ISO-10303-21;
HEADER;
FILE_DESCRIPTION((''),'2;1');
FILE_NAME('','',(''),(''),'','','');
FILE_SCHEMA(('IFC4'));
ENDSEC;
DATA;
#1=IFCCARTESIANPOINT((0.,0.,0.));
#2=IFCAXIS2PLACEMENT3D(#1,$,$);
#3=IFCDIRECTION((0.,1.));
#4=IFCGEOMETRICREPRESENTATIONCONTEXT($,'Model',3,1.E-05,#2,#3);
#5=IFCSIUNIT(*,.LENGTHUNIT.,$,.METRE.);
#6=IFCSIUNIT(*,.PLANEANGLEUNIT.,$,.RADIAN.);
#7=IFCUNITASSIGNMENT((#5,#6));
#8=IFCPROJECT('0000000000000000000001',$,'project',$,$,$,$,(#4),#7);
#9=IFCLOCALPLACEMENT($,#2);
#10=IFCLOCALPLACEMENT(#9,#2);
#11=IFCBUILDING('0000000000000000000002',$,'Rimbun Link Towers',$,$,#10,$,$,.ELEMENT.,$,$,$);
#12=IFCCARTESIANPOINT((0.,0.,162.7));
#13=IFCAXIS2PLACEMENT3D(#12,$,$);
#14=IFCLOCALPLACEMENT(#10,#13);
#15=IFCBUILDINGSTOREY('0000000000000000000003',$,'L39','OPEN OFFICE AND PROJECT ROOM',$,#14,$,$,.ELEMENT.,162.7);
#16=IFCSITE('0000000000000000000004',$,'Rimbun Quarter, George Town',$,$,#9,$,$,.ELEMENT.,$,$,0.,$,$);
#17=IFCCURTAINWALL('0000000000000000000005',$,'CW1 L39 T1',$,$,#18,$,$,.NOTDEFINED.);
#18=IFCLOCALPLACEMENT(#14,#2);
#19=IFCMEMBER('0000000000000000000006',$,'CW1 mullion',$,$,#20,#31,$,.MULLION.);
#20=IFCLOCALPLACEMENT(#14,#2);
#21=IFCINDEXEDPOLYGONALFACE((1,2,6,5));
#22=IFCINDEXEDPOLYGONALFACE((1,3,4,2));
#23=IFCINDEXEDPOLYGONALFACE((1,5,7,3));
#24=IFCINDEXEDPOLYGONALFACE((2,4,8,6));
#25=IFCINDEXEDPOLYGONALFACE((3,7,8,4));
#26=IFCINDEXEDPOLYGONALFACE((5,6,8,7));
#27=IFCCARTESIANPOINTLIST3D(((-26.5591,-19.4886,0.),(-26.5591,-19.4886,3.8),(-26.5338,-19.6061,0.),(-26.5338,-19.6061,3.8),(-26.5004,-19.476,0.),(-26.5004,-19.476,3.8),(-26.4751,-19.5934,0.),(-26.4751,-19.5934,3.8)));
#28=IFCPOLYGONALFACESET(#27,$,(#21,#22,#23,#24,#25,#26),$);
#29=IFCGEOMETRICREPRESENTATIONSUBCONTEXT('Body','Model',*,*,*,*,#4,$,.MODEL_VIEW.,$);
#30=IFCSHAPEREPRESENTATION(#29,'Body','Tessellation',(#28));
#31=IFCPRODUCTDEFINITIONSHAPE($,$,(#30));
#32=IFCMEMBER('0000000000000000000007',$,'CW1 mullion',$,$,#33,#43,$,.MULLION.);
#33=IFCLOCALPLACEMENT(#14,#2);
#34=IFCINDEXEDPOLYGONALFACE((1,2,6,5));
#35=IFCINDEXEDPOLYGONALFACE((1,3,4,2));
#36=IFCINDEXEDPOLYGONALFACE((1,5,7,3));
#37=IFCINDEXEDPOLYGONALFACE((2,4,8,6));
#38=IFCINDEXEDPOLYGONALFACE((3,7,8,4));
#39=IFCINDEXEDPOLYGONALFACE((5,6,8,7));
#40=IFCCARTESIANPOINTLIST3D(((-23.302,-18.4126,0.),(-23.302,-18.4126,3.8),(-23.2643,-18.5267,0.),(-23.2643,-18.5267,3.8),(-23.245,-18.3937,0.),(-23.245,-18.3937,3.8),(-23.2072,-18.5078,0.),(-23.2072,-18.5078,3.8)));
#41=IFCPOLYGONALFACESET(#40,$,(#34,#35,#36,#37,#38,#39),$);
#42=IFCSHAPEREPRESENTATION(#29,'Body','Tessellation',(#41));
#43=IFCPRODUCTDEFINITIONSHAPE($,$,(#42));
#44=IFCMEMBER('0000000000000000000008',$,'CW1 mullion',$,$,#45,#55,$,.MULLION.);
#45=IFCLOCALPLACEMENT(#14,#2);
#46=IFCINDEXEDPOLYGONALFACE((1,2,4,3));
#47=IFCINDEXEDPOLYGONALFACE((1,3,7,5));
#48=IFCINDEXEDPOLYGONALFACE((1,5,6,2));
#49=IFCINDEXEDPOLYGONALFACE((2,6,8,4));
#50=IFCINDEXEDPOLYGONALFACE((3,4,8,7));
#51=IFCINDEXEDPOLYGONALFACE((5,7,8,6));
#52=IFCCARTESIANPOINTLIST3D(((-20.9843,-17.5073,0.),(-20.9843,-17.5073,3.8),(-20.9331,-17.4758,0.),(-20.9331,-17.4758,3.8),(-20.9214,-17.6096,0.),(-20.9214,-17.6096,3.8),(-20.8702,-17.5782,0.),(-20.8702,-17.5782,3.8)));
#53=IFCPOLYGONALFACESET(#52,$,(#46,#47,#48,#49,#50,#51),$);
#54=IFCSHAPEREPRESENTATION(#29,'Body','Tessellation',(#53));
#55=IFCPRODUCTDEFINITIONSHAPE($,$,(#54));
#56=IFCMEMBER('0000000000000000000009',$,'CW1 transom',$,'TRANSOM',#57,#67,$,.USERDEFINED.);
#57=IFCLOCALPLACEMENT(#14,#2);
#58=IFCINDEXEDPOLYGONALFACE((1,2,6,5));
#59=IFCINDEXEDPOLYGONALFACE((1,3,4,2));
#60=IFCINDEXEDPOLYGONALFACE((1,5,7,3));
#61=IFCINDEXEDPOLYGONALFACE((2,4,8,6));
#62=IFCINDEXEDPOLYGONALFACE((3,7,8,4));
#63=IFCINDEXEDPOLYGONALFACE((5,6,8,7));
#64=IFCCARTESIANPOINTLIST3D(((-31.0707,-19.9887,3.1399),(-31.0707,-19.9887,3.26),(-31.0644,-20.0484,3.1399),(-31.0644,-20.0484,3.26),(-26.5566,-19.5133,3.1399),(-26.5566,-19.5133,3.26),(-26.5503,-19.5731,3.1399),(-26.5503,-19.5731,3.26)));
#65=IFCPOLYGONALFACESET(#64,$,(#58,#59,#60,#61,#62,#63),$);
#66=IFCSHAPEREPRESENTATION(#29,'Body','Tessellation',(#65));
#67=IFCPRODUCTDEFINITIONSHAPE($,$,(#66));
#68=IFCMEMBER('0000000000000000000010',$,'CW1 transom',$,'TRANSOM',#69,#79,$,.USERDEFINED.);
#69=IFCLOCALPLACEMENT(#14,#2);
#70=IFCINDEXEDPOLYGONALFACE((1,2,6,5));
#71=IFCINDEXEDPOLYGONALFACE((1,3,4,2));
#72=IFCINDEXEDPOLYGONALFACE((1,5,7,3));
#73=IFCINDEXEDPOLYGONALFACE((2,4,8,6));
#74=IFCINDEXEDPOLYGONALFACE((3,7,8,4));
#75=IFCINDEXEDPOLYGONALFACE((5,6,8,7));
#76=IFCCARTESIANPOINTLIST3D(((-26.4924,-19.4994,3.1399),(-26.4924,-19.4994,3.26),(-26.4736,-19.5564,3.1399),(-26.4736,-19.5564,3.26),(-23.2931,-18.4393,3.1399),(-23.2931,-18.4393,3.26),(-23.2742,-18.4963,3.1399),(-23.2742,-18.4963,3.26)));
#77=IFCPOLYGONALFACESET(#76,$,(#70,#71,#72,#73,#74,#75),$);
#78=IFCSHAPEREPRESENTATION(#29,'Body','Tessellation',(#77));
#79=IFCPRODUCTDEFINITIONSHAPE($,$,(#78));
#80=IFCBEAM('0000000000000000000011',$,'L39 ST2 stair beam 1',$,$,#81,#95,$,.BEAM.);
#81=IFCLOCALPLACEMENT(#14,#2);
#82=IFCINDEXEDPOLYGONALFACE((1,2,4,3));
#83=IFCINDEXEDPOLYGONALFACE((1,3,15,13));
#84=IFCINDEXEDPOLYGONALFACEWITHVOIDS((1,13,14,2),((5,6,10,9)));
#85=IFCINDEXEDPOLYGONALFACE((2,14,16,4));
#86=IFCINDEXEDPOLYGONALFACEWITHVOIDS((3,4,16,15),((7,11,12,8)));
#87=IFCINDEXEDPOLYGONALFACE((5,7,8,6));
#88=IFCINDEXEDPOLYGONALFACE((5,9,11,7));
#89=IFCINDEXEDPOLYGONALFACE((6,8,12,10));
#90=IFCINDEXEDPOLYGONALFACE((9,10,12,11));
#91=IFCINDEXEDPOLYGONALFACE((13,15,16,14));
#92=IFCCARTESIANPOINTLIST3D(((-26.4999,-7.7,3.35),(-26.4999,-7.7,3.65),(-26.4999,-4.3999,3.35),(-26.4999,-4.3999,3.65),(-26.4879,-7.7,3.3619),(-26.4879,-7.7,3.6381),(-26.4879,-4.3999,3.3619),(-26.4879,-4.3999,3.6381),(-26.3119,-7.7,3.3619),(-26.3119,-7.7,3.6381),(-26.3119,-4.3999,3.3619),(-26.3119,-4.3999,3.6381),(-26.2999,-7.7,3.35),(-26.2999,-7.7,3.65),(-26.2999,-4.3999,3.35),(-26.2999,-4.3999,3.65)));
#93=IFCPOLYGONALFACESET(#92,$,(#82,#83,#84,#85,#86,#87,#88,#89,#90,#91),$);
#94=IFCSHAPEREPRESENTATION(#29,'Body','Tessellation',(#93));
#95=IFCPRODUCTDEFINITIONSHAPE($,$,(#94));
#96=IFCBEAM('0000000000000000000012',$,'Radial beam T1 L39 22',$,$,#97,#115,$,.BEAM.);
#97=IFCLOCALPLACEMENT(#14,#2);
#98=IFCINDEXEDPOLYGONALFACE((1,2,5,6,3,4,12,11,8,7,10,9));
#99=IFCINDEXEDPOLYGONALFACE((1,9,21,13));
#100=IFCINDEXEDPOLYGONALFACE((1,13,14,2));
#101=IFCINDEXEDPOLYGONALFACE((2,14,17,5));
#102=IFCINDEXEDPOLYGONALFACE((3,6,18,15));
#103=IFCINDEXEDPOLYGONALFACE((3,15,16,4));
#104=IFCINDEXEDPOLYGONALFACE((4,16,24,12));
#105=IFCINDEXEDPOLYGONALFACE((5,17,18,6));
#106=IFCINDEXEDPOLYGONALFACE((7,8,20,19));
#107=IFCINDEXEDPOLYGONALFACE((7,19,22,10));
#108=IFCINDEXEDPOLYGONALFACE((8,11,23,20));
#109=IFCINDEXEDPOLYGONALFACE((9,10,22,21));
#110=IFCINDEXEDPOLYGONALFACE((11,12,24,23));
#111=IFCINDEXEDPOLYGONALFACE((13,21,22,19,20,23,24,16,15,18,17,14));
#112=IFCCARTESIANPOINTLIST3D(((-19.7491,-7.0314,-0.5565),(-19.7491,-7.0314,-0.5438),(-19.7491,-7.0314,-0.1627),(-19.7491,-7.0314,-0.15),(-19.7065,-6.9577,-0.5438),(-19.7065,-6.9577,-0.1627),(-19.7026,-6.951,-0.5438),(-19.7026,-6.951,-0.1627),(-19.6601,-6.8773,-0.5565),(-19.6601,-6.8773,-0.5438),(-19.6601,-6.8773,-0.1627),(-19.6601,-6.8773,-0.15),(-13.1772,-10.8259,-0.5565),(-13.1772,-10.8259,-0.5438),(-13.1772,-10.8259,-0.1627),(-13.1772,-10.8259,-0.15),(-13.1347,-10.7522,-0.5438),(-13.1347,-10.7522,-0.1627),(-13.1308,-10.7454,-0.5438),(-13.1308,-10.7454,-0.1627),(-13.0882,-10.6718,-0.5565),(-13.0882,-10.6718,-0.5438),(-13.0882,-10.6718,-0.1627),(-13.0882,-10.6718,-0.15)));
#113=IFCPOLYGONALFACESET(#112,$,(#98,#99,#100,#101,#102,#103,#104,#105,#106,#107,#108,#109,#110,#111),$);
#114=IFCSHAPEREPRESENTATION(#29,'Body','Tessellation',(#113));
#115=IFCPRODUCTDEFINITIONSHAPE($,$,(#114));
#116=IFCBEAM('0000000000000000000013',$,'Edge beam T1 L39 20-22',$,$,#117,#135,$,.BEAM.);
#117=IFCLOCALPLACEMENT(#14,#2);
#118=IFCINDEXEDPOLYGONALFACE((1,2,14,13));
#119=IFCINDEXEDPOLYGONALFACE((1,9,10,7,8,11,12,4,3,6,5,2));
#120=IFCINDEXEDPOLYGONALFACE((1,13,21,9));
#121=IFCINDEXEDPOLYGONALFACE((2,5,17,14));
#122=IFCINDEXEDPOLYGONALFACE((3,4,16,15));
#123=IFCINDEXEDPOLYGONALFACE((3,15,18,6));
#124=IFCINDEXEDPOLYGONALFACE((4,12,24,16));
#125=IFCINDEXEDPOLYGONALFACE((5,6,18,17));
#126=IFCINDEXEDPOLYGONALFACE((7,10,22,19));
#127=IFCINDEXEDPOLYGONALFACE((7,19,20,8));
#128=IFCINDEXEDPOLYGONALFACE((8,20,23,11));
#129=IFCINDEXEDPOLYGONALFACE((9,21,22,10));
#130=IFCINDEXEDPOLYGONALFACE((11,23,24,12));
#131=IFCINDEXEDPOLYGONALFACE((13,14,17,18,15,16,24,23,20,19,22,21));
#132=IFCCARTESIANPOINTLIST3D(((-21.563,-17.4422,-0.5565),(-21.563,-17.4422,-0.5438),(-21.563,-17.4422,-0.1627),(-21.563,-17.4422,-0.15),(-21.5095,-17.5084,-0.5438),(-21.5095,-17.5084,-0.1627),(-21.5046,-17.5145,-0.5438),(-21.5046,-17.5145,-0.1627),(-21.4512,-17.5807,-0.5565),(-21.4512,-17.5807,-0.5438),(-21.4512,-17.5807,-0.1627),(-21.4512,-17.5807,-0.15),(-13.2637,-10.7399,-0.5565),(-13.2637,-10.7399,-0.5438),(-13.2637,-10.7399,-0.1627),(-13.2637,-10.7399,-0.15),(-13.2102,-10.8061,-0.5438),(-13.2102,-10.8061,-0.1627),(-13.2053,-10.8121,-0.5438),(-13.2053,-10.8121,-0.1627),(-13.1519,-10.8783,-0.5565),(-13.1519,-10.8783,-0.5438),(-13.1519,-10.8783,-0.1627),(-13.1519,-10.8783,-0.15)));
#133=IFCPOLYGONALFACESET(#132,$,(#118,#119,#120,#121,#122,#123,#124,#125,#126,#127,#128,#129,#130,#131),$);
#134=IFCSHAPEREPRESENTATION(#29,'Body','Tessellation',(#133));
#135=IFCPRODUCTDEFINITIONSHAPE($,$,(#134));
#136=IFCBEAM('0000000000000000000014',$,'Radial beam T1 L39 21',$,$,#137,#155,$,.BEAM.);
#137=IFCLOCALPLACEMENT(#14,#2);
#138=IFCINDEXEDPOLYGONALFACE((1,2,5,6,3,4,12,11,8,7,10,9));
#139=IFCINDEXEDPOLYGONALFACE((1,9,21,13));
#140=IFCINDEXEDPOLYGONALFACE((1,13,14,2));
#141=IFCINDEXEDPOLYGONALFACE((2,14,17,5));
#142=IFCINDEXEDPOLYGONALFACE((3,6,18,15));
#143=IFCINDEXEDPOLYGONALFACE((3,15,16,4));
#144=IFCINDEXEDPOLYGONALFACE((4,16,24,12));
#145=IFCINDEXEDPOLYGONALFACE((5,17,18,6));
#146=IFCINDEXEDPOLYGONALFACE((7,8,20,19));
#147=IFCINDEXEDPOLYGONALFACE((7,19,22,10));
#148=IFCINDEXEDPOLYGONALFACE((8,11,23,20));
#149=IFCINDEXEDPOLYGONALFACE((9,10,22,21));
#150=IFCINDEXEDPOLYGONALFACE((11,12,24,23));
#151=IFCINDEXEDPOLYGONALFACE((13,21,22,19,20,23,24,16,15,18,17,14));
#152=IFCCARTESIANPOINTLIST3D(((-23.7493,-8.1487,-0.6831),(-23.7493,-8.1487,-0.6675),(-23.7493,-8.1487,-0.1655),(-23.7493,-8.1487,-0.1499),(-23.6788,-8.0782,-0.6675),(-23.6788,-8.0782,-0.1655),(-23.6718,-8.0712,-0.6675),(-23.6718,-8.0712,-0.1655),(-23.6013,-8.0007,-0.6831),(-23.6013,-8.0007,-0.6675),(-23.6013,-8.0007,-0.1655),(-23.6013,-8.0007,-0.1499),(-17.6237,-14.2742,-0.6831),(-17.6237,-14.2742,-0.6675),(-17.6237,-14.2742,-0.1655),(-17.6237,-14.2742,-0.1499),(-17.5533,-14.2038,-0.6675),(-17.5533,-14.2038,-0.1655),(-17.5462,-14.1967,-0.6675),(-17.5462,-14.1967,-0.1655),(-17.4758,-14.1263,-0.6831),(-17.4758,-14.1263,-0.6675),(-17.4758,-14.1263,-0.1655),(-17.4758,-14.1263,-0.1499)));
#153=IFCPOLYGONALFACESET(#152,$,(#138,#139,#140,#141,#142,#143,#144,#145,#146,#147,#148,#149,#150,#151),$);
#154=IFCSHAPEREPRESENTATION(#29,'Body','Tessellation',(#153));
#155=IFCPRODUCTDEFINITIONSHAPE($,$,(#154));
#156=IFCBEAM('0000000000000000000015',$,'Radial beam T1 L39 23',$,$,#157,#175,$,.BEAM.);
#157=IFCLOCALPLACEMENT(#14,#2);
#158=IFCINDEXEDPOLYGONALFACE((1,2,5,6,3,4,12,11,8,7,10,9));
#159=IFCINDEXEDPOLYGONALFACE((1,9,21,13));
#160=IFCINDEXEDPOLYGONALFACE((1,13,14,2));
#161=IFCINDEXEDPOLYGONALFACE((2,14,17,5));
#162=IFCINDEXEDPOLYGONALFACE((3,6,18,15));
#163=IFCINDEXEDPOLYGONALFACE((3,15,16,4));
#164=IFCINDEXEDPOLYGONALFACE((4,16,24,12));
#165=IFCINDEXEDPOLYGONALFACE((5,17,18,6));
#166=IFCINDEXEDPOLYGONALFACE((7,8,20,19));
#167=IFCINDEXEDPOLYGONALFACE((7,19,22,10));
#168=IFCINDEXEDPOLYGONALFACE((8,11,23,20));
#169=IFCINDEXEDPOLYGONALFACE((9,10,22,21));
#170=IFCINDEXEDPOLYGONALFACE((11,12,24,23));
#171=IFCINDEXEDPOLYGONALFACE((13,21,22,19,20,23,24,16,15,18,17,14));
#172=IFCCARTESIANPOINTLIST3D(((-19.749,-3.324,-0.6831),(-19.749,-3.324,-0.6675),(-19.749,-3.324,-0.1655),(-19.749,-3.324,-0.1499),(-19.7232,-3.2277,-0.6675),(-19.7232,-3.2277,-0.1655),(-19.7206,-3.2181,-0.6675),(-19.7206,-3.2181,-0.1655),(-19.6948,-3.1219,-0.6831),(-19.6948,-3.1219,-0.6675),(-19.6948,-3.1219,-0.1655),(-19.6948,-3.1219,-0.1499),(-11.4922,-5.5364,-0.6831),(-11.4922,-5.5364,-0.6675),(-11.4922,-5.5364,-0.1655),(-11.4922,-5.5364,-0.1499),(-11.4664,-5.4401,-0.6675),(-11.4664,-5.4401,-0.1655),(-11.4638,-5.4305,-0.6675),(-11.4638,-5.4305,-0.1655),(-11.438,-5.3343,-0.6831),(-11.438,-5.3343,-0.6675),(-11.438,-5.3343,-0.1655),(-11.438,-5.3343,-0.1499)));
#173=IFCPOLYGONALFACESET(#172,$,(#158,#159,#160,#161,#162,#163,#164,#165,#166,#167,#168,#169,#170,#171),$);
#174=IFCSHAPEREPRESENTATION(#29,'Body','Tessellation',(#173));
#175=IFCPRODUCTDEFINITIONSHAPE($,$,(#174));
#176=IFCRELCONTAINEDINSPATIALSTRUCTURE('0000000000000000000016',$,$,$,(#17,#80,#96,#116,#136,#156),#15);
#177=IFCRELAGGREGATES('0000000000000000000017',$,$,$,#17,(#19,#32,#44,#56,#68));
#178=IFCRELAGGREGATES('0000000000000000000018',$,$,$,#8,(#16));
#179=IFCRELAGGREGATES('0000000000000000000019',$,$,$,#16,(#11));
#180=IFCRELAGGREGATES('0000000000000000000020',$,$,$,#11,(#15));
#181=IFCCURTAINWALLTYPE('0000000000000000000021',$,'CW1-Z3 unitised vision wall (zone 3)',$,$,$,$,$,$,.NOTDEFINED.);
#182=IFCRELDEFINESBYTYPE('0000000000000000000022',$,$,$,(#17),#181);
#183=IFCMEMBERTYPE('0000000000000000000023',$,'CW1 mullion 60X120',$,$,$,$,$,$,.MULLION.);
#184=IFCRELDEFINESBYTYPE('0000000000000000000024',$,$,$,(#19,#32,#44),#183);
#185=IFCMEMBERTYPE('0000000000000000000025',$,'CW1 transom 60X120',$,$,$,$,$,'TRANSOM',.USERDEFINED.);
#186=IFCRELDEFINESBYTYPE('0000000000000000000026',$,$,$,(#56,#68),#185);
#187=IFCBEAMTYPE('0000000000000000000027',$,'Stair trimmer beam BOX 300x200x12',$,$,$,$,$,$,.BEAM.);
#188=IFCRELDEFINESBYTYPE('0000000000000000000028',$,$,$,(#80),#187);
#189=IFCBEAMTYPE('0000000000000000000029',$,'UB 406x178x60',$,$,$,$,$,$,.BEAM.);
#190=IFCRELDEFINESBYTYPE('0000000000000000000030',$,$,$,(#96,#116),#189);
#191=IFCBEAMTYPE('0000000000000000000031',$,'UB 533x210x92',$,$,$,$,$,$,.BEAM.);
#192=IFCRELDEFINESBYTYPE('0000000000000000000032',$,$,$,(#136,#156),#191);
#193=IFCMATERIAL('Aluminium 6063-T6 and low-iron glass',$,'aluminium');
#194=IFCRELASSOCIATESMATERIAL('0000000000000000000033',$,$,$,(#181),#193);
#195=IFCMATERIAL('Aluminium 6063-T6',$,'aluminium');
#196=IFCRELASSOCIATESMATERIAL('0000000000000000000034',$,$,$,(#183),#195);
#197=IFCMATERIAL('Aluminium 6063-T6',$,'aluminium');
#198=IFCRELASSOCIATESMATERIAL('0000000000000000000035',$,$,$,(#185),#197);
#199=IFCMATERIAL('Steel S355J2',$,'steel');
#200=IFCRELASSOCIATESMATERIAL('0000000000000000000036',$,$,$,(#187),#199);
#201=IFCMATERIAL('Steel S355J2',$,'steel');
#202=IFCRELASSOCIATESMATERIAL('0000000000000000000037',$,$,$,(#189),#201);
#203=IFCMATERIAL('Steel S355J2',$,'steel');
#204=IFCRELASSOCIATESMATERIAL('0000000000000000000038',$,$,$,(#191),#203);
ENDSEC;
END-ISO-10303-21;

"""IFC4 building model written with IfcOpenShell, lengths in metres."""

from ifc_helpers import new_model, si_unit, direction, frame, origin, origin_2d, place, context, subcontext, project, spatial, rectangle, hollow_rectangle, i_section, extrude, material, material_profile, profile_set, type_object, element, aggregate, save


model = new_model("IFC4")

# Units and contexts
model_context = context("Model", 3, precision=1e-05, world=origin(), true_north=direction((0.0, 1.0)))
body_context = subcontext(model_context, "Body", "Model", "MODEL_VIEW")
ifc_project = project(units=[si_unit("LENGTHUNIT", "METRE"), si_unit("PLANEANGLEUNIT", "RADIAN")], contexts=[model_context])

# Site, building, storey
site_placement = place(None, origin())
site = spatial("IfcSite", under=ifc_project, at=site_placement, Name="Rimbun Quarter, George Town", CompositionType="ELEMENT", RefElevation=0.0)
building_placement = place(site_placement, origin())
building = spatial("IfcBuilding", under=site, at=building_placement, Name="Rimbun Link Towers", CompositionType="ELEMENT")
storey_placement = place(building_placement, frame((0.0, 0.0, 162.7)))
storey = spatial("IfcBuildingStorey", under=building, at=storey_placement, Name="L39", Description="OPEN OFFICE AND PROJECT ROOM", CompositionType="ELEMENT", Elevation=162.7)

# Curtain wall, members
ifc_material_1 = material(Name="Aluminium 6063-T6 and low-iron glass", Category="aluminium")
curtain_wall_type = type_object("IfcCurtainWallType", Name="CW1-Z3 unitised vision wall (zone 3)", PredefinedType="NOTDEFINED", material=ifc_material_1)
curtain_wall_placement = place(storey_placement, origin())
curtain_wall = element("IfcCurtainWall", 1, at=curtain_wall_placement, inside=storey, type_object=curtain_wall_type, Name="CW1 L39 T1", PredefinedType="NOTDEFINED")
ifc_material_2 = material(Name="Aluminium 6063-T6", Category="aluminium")
ifc_material_profile_1 = material_profile(ifc_material_2, rectangle(XDim=0.1201, YDim=0.0601, at=origin_2d()), Name="MULLION 60X120")
ifc_profile_set_1 = profile_set([ifc_material_profile_1], Name="Aluminium 6063-T6")
member_type_1 = type_object("IfcMemberType", Name="CW1 mullion 60X120", PredefinedType="MULLION", material=ifc_profile_set_1)
member_1_placement = place(storey_placement, frame((-26.5171, -19.541, 0.0), z_axis=(0.0, 0.0, 1.0), x_axis=(0.210866, -0.977515, 0.0)))
member_1 = element("IfcMember", 2, at=member_1_placement, type_object=member_type_1, Name="CW1 mullion", PredefinedType="MULLION", context=body_context, shape_type="SweptSolid", body=[
    extrude(rectangle(XDim=0.1201, YDim=0.0601, at=origin_2d()), origin(), (0.0, 0.0, 1.0), 3.8),
])
member_2_placement = place(storey_placement, frame((-23.2546, -18.4602, 0.0), z_axis=(0.0, 0.0, 1.0), x_axis=(0.314556, -0.949239, 0.0)))
member_2 = element("IfcMember", 3, at=member_2_placement, type_object=member_type_1, Name="CW1 mullion", PredefinedType="MULLION", context=body_context, shape_type="SweptSolid", body=[
    extrude(rectangle(XDim=0.1201, YDim=0.0601, at=origin_2d()), origin(), (0.0, 0.0, 1.0), 3.8),
])
member_3_placement = place(storey_placement, frame((-20.9272, -17.5427, 0.0), z_axis=(0.0, 0.0, 1.0), x_axis=(0.52325, -0.852179, 0.0)))
member_3 = element("IfcMember", 4, at=member_3_placement, type_object=member_type_1, Name="CW1 mullion", PredefinedType="MULLION", context=body_context, shape_type="SweptSolid", body=[
    extrude(rectangle(XDim=0.1201, YDim=0.0601, at=origin_2d()), origin(), (0.0, 0.0, 1.0), 3.8),
])
ifc_material_3 = material(Name="Aluminium 6063-T6", Category="aluminium")
ifc_material_profile_2 = material_profile(ifc_material_3, rectangle(XDim=0.0601, YDim=0.1201, at=origin_2d()), Name="TRANSOM 60X120")
ifc_profile_set_2 = profile_set([ifc_material_profile_2], Name="Aluminium 6063-T6")
member_type_2 = type_object("IfcMemberType", Name="CW1 transom 60X120", ElementType="TRANSOM", PredefinedType="USERDEFINED", material=ifc_profile_set_2)
member_4_placement = place(storey_placement, frame((-26.5535, -19.5432, 3.2), z_axis=(-0.994502, -0.104721, 0.0), x_axis=(0.104721, -0.994502, 0.0)))
member_4 = element("IfcMember", 5, at=member_4_placement, type_object=member_type_2, Name="CW1 transom", ObjectType="TRANSOM", PredefinedType="USERDEFINED", context=body_context, shape_type="SweptSolid", body=[
    extrude(rectangle(XDim=0.0601, YDim=0.1201, at=origin_2d()), origin(), (0.0, 0.0, 1.0), 4.5391),
])
member_5_placement = place(storey_placement, frame((-23.2837, -18.4678, 3.2), z_axis=(-0.949247, -0.314532, 0.0), x_axis=(0.314532, -0.949247, 0.0)))
member_5 = element("IfcMember", 6, at=member_5_placement, type_object=member_type_2, Name="CW1 transom", ObjectType="TRANSOM", PredefinedType="USERDEFINED", context=body_context, shape_type="SweptSolid", body=[
    extrude(rectangle(XDim=0.0601, YDim=0.1201, at=origin_2d()), origin(), (0.0, 0.0, 1.0), 3.3704),
])

# Beams
ifc_material_4 = material(Name="Steel S355J2", Category="steel")
ifc_material_profile_3 = material_profile(ifc_material_4, hollow_rectangle(XDim=0.2, YDim=0.3, WallThickness=0.012, at=origin_2d()), Name="BOX 300x200x12")
ifc_profile_set_3 = profile_set([ifc_material_profile_3], Name="Steel S355J2")
beam_type_1 = type_object("IfcBeamType", Name="Stair trimmer beam BOX 300x200x12", PredefinedType="BEAM", material=ifc_profile_set_3)
beam_1_placement = place(storey_placement, frame((-26.3999, -7.7, 3.5), z_axis=(0.0, 1.0, 0.0), x_axis=(-1.0, 0.0, 0.0)))
element("IfcBeam", 7, at=beam_1_placement, inside=storey, type_object=beam_type_1, Name="L39 ST2 stair beam 1", PredefinedType="BEAM", context=body_context, shape_type="SweptSolid", body=[
    extrude(hollow_rectangle(XDim=0.2, YDim=0.3, WallThickness=0.012, at=origin_2d()), origin(), (0.0, 0.0, 1.0), 3.3),
])
ifc_material_5 = material(Name="Steel S355J2", Category="steel")
ifc_material_profile_4 = material_profile(ifc_material_5, i_section(OverallWidth=0.178, OverallDepth=0.4065, WebThickness=0.0078, FlangeThickness=0.0127, at=origin_2d()), Name="UB 406x178x60")
ifc_profile_set_4 = profile_set([ifc_material_profile_4], Name="Steel S355J2")
beam_type_2 = type_object("IfcBeamType", Name="UB 406x178x60", PredefinedType="BEAM", material=ifc_profile_set_4)
beam_2_placement = place(storey_placement, frame((-19.7046, -6.9543, -0.3533), z_axis=(0.866013, -0.500021, 0.0), x_axis=(0.500021, 0.866013, 0.0)))
element("IfcBeam", 8, at=beam_2_placement, inside=storey, type_object=beam_type_2, Name="Radial beam T1 L39 22", PredefinedType="BEAM", context=body_context, shape_type="SweptSolid", body=[
    extrude(i_section(OverallWidth=0.178, OverallDepth=0.4065, WebThickness=0.0078, FlangeThickness=0.0127, at=origin_2d()), origin(), (0.0, 0.0, 1.0), 7.5886),
])
beam_3_placement = place(storey_placement, frame((-21.5071, -17.5115, -0.3533), z_axis=(0.777982, 0.628286, 0.0), x_axis=(-0.628286, 0.777982, 0.0)))
element("IfcBeam", 9, at=beam_3_placement, inside=storey, type_object=beam_type_2, Name="Edge beam T1 L39 20-22", PredefinedType="BEAM", context=body_context, shape_type="SweptSolid", body=[
    extrude(i_section(OverallWidth=0.178, OverallDepth=0.4065, WebThickness=0.0078, FlangeThickness=0.0127, at=origin_2d()), origin(), (0.0, 0.0, 1.0), 10.6677),
])
ifc_material_6 = material(Name="Steel S355J2", Category="steel")
ifc_material_profile_5 = material_profile(ifc_material_6, i_section(OverallWidth=0.2092, OverallDepth=0.5332, WebThickness=0.01, FlangeThickness=0.0156, at=origin_2d()), Name="UB 533x210x92")
ifc_profile_set_5 = profile_set([ifc_material_profile_5], Name="Steel S355J2")
beam_type_3 = type_object("IfcBeamType", Name="UB 533x210x92", PredefinedType="BEAM", material=ifc_profile_set_5)
beam_4_placement = place(storey_placement, frame((-23.6753, -8.0747, -0.4165), z_axis=(0.707107, -0.707107, 0.0), x_axis=(0.707107, 0.707107, 0.0)))
element("IfcBeam", 10, at=beam_4_placement, inside=storey, type_object=beam_type_3, Name="Radial beam T1 L39 21", PredefinedType="BEAM", context=body_context, shape_type="SweptSolid", body=[
    extrude(i_section(OverallWidth=0.2092, OverallDepth=0.5332, WebThickness=0.01, FlangeThickness=0.0156, at=origin_2d()), origin(), (0.0, 0.0, 1.0), 8.6628),
])
beam_5_placement = place(storey_placement, frame((-19.7219, -3.2229, -0.4165), z_axis=(0.965926, -0.258818, 0.0), x_axis=(0.258818, 0.965926, 0.0)))
element("IfcBeam", 11, at=beam_5_placement, inside=storey, type_object=beam_type_3, Name="Radial beam T1 L39 23", PredefinedType="BEAM", context=body_context, shape_type="SweptSolid", body=[
    extrude(i_section(OverallWidth=0.2092, OverallDepth=0.5332, WebThickness=0.01, FlangeThickness=0.0156, at=origin_2d()), origin(), (0.0, 0.0, 1.0), 8.5481),
])

aggregate(curtain_wall, [member_1, member_2, member_3, member_4, member_5])

save(model, "model.ifc")
